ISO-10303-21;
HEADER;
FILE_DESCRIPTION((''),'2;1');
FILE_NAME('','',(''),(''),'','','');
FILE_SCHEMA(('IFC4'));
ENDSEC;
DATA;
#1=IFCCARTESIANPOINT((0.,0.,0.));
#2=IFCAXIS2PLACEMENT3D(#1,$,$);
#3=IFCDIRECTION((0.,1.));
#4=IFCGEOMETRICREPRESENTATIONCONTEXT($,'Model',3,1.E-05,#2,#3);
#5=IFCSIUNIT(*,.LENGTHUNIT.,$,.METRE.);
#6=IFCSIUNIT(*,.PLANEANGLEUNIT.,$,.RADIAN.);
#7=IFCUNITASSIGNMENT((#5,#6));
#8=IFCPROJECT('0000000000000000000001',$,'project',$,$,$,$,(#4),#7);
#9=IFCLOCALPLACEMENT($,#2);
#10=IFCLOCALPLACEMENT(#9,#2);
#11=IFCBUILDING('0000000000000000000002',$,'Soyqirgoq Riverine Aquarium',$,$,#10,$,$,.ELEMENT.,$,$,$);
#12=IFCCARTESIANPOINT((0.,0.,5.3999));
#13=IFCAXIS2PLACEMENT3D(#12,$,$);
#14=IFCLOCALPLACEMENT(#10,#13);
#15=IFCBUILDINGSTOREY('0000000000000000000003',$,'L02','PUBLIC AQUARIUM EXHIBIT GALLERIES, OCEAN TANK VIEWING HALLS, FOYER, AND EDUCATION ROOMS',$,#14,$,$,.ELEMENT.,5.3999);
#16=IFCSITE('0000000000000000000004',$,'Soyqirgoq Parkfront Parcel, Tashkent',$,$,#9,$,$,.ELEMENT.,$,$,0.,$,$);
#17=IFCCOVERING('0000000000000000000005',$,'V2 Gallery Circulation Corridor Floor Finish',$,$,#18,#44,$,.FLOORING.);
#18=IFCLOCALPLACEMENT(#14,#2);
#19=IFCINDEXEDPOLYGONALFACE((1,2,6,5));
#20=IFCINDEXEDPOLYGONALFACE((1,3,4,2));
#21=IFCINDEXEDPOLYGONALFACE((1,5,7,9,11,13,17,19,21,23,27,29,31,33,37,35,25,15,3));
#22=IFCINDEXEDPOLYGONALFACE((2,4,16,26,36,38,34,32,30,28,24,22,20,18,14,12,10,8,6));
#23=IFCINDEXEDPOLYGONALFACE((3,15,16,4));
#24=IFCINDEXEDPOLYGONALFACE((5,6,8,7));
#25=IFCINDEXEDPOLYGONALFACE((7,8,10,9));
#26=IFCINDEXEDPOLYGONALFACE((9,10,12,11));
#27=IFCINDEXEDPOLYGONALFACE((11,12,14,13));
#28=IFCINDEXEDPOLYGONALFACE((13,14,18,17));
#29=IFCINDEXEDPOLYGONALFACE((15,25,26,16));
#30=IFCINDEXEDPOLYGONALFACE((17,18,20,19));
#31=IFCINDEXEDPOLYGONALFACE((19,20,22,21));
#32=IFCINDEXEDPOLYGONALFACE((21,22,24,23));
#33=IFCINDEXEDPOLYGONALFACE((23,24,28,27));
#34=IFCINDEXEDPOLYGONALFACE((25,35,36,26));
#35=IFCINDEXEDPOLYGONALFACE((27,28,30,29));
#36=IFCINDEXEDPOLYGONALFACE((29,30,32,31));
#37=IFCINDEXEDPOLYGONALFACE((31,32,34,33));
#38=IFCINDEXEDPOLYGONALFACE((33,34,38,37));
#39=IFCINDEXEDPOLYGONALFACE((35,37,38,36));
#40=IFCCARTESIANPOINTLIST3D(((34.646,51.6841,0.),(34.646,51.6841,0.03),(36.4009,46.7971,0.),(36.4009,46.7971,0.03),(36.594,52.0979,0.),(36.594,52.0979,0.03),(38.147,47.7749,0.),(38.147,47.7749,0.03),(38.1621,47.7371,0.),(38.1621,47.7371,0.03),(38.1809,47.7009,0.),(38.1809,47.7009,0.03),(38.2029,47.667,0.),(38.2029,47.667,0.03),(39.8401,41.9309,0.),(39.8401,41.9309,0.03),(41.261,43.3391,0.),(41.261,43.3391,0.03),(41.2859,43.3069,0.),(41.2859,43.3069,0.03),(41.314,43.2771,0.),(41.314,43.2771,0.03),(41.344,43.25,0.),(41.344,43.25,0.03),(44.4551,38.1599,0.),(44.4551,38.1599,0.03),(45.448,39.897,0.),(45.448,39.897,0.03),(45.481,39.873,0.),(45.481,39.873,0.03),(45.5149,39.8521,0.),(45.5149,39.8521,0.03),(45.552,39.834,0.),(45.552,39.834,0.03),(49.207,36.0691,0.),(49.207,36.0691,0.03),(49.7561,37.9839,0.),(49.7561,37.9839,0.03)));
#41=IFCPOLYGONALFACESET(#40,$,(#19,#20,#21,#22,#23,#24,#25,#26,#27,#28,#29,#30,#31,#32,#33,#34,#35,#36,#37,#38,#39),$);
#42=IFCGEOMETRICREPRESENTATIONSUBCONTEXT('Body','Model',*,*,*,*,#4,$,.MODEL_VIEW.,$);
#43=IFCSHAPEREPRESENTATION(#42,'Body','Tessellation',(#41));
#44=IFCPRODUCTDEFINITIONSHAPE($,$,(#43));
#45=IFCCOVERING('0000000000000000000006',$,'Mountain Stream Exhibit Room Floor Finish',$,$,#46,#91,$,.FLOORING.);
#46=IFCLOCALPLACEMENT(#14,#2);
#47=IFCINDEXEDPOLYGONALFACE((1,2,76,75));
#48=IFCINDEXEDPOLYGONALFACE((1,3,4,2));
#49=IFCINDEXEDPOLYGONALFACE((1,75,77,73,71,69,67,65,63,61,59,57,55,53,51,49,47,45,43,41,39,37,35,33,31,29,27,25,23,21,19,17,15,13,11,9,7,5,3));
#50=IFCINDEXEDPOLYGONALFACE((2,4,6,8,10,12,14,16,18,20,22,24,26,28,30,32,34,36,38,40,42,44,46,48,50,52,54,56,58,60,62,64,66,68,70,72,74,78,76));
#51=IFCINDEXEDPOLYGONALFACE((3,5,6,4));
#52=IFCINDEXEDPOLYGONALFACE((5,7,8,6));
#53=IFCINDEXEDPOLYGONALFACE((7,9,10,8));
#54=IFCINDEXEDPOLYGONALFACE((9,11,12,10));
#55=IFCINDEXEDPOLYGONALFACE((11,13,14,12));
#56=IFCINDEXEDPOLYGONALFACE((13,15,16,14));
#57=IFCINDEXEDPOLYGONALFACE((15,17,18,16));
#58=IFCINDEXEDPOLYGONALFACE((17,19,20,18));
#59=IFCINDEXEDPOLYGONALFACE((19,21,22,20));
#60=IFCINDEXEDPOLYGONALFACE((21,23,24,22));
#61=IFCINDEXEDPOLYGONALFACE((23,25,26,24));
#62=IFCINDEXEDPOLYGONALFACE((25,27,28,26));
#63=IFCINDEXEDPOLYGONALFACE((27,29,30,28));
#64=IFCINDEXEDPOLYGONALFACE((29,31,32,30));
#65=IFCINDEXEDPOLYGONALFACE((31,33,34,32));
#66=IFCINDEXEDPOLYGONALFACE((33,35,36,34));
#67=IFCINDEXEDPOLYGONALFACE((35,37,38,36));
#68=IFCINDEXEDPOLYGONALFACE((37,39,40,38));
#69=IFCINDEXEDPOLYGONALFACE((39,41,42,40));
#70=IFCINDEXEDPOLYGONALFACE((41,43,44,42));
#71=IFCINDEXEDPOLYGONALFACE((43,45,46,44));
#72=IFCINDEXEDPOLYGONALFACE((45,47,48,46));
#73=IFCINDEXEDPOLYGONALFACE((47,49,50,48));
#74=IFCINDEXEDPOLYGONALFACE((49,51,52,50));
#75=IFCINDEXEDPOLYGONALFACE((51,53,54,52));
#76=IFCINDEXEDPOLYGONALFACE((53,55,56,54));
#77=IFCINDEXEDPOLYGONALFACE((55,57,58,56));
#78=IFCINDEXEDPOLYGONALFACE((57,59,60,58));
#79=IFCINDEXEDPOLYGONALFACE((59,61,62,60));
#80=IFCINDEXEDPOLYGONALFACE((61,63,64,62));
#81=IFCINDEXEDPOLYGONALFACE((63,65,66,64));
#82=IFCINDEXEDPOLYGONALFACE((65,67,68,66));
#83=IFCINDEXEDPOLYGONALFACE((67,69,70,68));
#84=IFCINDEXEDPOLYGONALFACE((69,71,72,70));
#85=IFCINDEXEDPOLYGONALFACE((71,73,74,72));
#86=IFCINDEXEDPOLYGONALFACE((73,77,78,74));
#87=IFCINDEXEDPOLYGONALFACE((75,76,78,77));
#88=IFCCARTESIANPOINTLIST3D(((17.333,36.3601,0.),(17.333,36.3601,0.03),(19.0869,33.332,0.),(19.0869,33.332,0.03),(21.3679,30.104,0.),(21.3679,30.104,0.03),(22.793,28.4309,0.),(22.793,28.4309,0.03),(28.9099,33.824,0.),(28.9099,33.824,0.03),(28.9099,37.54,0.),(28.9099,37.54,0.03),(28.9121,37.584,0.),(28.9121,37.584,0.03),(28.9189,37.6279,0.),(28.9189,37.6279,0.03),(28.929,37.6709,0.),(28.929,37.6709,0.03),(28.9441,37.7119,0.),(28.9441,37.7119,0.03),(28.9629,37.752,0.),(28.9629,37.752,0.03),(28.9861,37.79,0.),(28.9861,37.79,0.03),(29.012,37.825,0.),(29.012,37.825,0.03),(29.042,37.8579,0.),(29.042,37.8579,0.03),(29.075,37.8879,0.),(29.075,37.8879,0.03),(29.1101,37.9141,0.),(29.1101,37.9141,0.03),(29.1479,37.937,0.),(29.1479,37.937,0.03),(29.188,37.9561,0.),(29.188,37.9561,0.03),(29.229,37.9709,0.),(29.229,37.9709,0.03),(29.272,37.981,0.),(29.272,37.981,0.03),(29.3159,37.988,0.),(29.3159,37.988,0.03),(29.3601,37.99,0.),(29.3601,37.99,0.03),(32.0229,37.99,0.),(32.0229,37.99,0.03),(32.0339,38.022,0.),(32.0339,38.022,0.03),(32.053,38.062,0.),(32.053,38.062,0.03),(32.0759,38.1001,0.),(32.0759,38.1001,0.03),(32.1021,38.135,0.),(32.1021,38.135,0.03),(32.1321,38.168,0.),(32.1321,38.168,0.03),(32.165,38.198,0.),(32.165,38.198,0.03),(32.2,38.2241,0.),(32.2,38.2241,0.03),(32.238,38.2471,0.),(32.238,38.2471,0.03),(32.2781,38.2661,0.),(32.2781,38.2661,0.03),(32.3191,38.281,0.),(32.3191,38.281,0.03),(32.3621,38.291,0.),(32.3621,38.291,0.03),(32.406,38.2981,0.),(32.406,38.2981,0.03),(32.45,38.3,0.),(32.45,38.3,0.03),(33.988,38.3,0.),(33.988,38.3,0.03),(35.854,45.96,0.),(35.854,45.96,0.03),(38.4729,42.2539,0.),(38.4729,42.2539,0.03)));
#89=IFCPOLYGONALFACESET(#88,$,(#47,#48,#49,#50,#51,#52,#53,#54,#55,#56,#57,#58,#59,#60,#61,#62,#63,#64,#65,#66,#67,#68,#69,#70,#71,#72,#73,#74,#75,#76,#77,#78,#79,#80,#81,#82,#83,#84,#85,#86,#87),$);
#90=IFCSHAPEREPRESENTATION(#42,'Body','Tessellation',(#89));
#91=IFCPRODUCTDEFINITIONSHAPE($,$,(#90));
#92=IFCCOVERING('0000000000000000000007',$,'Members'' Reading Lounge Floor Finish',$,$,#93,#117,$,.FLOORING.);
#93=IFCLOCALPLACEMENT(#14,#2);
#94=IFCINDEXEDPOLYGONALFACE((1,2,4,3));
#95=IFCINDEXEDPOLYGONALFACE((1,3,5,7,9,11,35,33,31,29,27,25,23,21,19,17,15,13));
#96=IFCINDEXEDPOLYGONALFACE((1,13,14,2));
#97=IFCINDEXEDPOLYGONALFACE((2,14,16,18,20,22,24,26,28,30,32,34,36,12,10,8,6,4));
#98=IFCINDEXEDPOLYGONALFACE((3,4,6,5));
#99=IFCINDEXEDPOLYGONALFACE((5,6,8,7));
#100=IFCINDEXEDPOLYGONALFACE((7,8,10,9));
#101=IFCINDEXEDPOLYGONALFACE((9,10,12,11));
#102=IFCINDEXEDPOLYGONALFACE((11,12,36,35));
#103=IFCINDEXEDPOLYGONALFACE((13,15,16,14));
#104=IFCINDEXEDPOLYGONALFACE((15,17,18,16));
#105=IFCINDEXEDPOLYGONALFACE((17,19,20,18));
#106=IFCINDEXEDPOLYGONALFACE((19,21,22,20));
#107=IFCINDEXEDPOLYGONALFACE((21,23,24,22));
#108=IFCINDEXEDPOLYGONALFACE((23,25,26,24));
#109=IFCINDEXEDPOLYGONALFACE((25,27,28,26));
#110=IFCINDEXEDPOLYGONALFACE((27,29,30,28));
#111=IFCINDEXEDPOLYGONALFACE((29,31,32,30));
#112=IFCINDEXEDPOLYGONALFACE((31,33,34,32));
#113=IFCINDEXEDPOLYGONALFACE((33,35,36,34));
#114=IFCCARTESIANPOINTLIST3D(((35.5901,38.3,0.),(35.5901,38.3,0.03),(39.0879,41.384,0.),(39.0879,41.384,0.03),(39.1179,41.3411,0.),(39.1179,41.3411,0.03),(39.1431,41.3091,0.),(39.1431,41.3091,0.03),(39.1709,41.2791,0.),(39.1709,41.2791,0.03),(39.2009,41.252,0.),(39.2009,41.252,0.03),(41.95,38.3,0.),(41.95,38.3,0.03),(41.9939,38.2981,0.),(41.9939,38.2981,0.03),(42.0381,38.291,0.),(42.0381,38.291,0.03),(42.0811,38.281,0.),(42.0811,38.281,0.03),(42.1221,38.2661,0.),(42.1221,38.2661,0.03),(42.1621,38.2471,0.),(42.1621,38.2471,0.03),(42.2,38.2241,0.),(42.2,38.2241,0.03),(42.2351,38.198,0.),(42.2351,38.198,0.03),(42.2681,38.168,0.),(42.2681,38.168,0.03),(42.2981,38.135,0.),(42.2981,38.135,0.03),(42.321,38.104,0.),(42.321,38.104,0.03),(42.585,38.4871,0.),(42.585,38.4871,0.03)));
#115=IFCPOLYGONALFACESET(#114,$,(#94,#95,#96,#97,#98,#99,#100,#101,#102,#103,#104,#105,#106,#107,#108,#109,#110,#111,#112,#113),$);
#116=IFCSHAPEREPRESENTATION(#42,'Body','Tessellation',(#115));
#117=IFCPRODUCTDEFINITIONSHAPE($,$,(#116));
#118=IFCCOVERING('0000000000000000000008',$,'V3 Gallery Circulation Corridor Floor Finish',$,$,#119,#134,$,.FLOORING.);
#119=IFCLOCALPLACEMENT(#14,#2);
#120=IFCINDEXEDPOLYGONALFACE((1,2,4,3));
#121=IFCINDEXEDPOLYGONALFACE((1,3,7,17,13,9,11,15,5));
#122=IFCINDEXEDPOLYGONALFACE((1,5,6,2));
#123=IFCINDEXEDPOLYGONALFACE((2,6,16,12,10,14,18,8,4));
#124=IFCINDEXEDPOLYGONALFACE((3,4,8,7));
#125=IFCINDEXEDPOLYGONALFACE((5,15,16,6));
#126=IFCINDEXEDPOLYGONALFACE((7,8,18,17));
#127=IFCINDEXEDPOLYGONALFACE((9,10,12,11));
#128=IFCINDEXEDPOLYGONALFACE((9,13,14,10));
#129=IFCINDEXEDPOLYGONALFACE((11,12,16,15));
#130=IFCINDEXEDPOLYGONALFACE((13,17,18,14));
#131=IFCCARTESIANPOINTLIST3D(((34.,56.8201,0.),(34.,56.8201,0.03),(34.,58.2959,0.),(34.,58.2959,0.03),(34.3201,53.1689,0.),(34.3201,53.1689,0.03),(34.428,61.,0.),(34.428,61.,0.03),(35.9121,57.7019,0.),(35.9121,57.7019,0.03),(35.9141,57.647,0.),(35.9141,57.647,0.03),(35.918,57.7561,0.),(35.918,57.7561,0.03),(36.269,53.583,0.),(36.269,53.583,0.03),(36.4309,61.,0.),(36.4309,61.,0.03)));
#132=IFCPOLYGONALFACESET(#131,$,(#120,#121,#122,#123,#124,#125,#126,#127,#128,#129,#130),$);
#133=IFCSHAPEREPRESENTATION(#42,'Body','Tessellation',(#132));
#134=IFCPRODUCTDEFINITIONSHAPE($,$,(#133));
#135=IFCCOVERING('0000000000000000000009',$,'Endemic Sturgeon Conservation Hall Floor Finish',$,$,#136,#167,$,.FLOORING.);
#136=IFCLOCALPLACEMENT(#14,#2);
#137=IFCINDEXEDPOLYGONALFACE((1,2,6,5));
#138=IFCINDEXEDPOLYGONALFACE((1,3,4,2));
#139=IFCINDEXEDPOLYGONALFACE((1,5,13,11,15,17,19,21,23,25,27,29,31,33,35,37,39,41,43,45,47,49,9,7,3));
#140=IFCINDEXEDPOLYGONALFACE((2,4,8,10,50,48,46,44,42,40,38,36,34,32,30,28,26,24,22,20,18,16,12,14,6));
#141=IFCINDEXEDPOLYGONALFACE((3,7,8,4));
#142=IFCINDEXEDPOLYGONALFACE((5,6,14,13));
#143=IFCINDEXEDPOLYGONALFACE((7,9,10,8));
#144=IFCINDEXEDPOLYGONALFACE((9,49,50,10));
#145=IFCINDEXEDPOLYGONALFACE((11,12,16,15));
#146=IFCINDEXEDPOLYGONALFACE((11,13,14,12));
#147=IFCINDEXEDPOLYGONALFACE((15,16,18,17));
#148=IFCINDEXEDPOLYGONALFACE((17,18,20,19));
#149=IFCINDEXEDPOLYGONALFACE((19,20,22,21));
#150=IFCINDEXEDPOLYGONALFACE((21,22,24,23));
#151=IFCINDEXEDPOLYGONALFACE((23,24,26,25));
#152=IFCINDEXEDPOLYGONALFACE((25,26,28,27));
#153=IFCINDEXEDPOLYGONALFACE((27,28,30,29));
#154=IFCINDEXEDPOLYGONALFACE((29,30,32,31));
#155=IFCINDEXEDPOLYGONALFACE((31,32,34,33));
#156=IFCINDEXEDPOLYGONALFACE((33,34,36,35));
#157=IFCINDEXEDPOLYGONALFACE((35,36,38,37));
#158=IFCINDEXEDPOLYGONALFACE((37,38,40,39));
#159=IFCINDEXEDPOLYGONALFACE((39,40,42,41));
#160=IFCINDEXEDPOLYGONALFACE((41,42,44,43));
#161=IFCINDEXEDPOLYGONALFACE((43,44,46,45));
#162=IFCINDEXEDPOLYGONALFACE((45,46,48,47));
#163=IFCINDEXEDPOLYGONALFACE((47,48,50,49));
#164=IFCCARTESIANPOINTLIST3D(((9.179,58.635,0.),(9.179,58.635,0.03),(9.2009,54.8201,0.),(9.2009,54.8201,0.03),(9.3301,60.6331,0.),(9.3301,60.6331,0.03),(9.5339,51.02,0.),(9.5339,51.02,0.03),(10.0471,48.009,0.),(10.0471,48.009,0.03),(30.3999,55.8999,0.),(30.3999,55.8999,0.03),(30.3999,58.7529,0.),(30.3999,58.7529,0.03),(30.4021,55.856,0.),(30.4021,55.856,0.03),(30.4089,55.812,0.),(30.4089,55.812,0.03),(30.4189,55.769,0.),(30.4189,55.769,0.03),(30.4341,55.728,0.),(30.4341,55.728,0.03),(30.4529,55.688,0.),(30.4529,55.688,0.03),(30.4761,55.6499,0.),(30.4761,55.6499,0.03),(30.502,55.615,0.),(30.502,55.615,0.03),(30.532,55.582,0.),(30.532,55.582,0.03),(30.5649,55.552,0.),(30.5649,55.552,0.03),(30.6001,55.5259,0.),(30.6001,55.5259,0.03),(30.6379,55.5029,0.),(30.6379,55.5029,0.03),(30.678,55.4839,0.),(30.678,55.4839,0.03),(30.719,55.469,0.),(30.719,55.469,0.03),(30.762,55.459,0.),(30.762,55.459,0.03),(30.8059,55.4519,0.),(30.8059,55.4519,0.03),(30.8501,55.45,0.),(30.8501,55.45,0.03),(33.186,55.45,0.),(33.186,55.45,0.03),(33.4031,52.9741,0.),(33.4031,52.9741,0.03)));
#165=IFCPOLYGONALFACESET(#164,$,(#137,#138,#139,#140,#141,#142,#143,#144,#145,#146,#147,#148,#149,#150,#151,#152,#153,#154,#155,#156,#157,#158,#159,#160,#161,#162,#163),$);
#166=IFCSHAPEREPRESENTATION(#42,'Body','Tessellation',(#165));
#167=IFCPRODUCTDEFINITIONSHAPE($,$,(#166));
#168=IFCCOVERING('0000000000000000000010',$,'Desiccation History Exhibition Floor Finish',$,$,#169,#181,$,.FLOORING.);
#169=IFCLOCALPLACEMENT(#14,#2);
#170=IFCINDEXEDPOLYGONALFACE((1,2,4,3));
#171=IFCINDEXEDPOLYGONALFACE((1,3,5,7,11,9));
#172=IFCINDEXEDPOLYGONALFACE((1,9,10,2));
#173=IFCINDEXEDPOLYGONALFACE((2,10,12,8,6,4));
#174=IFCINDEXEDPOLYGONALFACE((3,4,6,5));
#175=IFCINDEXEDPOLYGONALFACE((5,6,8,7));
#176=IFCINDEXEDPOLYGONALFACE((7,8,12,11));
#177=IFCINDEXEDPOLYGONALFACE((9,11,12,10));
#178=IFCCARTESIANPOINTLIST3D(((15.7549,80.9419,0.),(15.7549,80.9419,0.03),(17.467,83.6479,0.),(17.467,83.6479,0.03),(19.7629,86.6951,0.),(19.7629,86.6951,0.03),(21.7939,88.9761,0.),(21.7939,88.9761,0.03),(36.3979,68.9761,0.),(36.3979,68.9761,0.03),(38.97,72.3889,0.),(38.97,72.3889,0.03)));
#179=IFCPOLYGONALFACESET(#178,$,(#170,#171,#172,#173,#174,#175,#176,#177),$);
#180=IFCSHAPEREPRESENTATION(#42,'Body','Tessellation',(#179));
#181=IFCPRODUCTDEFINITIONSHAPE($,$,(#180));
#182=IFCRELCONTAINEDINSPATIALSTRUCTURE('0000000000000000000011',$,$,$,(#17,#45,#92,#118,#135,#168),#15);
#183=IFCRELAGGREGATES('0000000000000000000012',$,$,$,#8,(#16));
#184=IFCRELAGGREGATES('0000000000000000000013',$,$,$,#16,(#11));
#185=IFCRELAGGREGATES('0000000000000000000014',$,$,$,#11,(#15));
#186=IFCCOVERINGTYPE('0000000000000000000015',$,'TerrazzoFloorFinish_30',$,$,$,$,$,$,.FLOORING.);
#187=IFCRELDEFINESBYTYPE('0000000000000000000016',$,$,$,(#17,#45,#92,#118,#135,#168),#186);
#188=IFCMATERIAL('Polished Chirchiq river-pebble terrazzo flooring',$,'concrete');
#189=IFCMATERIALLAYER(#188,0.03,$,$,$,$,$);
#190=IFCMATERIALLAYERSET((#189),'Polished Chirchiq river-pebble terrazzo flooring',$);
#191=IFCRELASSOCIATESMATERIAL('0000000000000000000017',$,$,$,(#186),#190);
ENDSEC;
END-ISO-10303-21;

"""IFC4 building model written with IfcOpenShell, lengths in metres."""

from ifc_helpers import new_model, si_unit, direction, frame, origin, place, context, subcontext, project, spatial, polyline, outline, extrude, material, layer, layer_set, type_object, element, save


model = new_model("IFC4")

# Units and contexts
model_context = context("Model", 3, precision=1e-05, world=origin(), true_north=direction((0.0, 1.0)))
body_context = subcontext(model_context, "Body", "Model", "MODEL_VIEW")
ifc_project = project(units=[si_unit("LENGTHUNIT", "METRE"), si_unit("PLANEANGLEUNIT", "RADIAN")], contexts=[model_context])

# Site, building, storey
site_placement = place(None, origin())
site = spatial("IfcSite", under=ifc_project, at=site_placement, Name="Soyqirgoq Parkfront Parcel, Tashkent", CompositionType="ELEMENT", RefElevation=0.0)
building_placement = place(site_placement, origin())
building = spatial("IfcBuilding", under=site, at=building_placement, Name="Soyqirgoq Riverine Aquarium", CompositionType="ELEMENT")
storey_placement = place(building_placement, frame((0.0, 0.0, 5.3999)))
storey = spatial("IfcBuildingStorey", under=building, at=storey_placement, Name="L02", Description="PUBLIC AQUARIUM EXHIBIT GALLERIES, OCEAN TANK VIEWING HALLS, FOYER, AND EDUCATION ROOMS", CompositionType="ELEMENT", Elevation=5.3999)

# Coverings
ifc_material_1 = material(Name="Polished Chirchiq river-pebble terrazzo flooring", Category="concrete")
ifc_layer_1 = layer(ifc_material_1, 0.03)
ifc_layer_set_1 = layer_set([ifc_layer_1], Name="Polished Chirchiq river-pebble terrazzo flooring")
covering_type_1 = type_object("IfcCoveringType", Name="TerrazzoFloorFinish_30", PredefinedType="FLOORING", material=ifc_layer_set_1)
covering_1_placement = place(storey_placement, origin())
element("IfcCovering", 1, at=covering_1_placement, inside=storey, type_object=covering_type_1, Name="V2 Gallery Circulation Corridor Floor Finish", PredefinedType="FLOORING", context=body_context, shape_type="SweptSolid", body=[
    extrude(outline(polyline([(49.207, 36.0691), (44.4551, 38.1599), (39.8401, 41.9309), (36.4009, 46.7971), (34.646, 51.6841), (36.594, 52.0979), (38.147, 47.7749), (38.1621, 47.7371), (38.1809, 47.7009), (38.2029, 47.667), (41.261, 43.3391), (41.2859, 43.3069), (41.314, 43.2771), (41.344, 43.25), (45.448, 39.897), (45.481, 39.873), (45.5149, 39.8521), (45.552, 39.834), (49.7561, 37.9839), (49.207, 36.0691)])), origin(), (0.0, 0.0, 1.0), 0.03),
])
covering_2_placement = place(storey_placement, origin())
element("IfcCovering", 2, at=covering_2_placement, inside=storey, type_object=covering_type_1, Name="Mountain Stream Exhibit Room Floor Finish", PredefinedType="FLOORING", context=body_context, shape_type="SweptSolid", body=[
    extrude(outline(polyline([(21.3679, 30.104), (19.0869, 33.332), (17.333, 36.3601), (35.854, 45.96), (38.4729, 42.2539), (33.988, 38.3), (32.45, 38.3), (32.406, 38.2981), (32.3621, 38.291), (32.3191, 38.281), (32.2781, 38.2661), (32.238, 38.2471), (32.2, 38.2241), (32.165, 38.198), (32.1321, 38.168), (32.1021, 38.135), (32.0759, 38.1001), (32.053, 38.062), (32.0339, 38.022), (32.0229, 37.99), (29.3601, 37.99), (29.3159, 37.988), (29.272, 37.981), (29.229, 37.9709), (29.188, 37.9561), (29.1479, 37.937), (29.1101, 37.9141), (29.075, 37.8879), (29.042, 37.8579), (29.012, 37.825), (28.9861, 37.79), (28.9629, 37.752), (28.9441, 37.7119), (28.929, 37.6709), (28.9189, 37.6279), (28.9121, 37.584), (28.9099, 37.54), (28.9099, 33.824), (22.793, 28.4309), (21.3679, 30.104)])), origin(), (0.0, 0.0, 1.0), 0.03),
])
covering_3_placement = place(storey_placement, origin())
element("IfcCovering", 3, at=covering_3_placement, inside=storey, type_object=covering_type_1, Name="Members' Reading Lounge Floor Finish", PredefinedType="FLOORING", context=body_context, shape_type="SweptSolid", body=[
    extrude(outline(polyline([(39.1179, 41.3411), (39.1431, 41.3091), (39.1709, 41.2791), (39.2009, 41.252), (42.585, 38.4871), (42.321, 38.104), (42.2981, 38.135), (42.2681, 38.168), (42.2351, 38.198), (42.2, 38.2241), (42.1621, 38.2471), (42.1221, 38.2661), (42.0811, 38.281), (42.0381, 38.291), (41.9939, 38.2981), (41.95, 38.3), (35.5901, 38.3), (39.0879, 41.384), (39.1179, 41.3411)])), origin(), (0.0, 0.0, 1.0), 0.03),
])
covering_4_placement = place(storey_placement, origin())
element("IfcCovering", 4, at=covering_4_placement, inside=storey, type_object=covering_type_1, Name="V3 Gallery Circulation Corridor Floor Finish", PredefinedType="FLOORING", context=body_context, shape_type="SweptSolid", body=[
    extrude(outline(polyline([(34.3201, 53.1689), (34.0, 56.8201), (34.0, 58.2959), (34.428, 61.0), (36.4309, 61.0), (35.918, 57.7561), (35.9121, 57.7019), (35.9141, 57.647), (36.269, 53.583), (34.3201, 53.1689)])), origin(), (0.0, 0.0, 1.0), 0.03),
])
covering_5_placement = place(storey_placement, origin())
element("IfcCovering", 5, at=covering_5_placement, inside=storey, type_object=covering_type_1, Name="Endemic Sturgeon Conservation Hall Floor Finish", PredefinedType="FLOORING", context=body_context, shape_type="SweptSolid", body=[
    extrude(outline(polyline([(9.5339, 51.02), (9.2009, 54.8201), (9.179, 58.635), (9.3301, 60.6331), (30.3999, 58.7529), (30.3999, 55.8999), (30.4021, 55.856), (30.4089, 55.812), (30.4189, 55.769), (30.4341, 55.728), (30.4529, 55.688), (30.4761, 55.6499), (30.502, 55.615), (30.532, 55.582), (30.5649, 55.552), (30.6001, 55.5259), (30.6379, 55.5029), (30.678, 55.4839), (30.719, 55.469), (30.762, 55.459), (30.8059, 55.4519), (30.8501, 55.45), (33.186, 55.45), (33.4031, 52.9741), (10.0471, 48.009), (9.5339, 51.02)])), origin(), (0.0, 0.0, 1.0), 0.03),
])
covering_6_placement = place(storey_placement, origin())
element("IfcCovering", 6, at=covering_6_placement, inside=storey, type_object=covering_type_1, Name="Desiccation History Exhibition Floor Finish", PredefinedType="FLOORING", context=body_context, shape_type="SweptSolid", body=[
    extrude(outline(polyline([(17.467, 83.6479), (19.7629, 86.6951), (21.7939, 88.9761), (38.97, 72.3889), (36.3979, 68.9761), (15.7549, 80.9419), (17.467, 83.6479)])), origin(), (0.0, 0.0, 1.0), 0.03),
])

save(model, "model.ifc")
